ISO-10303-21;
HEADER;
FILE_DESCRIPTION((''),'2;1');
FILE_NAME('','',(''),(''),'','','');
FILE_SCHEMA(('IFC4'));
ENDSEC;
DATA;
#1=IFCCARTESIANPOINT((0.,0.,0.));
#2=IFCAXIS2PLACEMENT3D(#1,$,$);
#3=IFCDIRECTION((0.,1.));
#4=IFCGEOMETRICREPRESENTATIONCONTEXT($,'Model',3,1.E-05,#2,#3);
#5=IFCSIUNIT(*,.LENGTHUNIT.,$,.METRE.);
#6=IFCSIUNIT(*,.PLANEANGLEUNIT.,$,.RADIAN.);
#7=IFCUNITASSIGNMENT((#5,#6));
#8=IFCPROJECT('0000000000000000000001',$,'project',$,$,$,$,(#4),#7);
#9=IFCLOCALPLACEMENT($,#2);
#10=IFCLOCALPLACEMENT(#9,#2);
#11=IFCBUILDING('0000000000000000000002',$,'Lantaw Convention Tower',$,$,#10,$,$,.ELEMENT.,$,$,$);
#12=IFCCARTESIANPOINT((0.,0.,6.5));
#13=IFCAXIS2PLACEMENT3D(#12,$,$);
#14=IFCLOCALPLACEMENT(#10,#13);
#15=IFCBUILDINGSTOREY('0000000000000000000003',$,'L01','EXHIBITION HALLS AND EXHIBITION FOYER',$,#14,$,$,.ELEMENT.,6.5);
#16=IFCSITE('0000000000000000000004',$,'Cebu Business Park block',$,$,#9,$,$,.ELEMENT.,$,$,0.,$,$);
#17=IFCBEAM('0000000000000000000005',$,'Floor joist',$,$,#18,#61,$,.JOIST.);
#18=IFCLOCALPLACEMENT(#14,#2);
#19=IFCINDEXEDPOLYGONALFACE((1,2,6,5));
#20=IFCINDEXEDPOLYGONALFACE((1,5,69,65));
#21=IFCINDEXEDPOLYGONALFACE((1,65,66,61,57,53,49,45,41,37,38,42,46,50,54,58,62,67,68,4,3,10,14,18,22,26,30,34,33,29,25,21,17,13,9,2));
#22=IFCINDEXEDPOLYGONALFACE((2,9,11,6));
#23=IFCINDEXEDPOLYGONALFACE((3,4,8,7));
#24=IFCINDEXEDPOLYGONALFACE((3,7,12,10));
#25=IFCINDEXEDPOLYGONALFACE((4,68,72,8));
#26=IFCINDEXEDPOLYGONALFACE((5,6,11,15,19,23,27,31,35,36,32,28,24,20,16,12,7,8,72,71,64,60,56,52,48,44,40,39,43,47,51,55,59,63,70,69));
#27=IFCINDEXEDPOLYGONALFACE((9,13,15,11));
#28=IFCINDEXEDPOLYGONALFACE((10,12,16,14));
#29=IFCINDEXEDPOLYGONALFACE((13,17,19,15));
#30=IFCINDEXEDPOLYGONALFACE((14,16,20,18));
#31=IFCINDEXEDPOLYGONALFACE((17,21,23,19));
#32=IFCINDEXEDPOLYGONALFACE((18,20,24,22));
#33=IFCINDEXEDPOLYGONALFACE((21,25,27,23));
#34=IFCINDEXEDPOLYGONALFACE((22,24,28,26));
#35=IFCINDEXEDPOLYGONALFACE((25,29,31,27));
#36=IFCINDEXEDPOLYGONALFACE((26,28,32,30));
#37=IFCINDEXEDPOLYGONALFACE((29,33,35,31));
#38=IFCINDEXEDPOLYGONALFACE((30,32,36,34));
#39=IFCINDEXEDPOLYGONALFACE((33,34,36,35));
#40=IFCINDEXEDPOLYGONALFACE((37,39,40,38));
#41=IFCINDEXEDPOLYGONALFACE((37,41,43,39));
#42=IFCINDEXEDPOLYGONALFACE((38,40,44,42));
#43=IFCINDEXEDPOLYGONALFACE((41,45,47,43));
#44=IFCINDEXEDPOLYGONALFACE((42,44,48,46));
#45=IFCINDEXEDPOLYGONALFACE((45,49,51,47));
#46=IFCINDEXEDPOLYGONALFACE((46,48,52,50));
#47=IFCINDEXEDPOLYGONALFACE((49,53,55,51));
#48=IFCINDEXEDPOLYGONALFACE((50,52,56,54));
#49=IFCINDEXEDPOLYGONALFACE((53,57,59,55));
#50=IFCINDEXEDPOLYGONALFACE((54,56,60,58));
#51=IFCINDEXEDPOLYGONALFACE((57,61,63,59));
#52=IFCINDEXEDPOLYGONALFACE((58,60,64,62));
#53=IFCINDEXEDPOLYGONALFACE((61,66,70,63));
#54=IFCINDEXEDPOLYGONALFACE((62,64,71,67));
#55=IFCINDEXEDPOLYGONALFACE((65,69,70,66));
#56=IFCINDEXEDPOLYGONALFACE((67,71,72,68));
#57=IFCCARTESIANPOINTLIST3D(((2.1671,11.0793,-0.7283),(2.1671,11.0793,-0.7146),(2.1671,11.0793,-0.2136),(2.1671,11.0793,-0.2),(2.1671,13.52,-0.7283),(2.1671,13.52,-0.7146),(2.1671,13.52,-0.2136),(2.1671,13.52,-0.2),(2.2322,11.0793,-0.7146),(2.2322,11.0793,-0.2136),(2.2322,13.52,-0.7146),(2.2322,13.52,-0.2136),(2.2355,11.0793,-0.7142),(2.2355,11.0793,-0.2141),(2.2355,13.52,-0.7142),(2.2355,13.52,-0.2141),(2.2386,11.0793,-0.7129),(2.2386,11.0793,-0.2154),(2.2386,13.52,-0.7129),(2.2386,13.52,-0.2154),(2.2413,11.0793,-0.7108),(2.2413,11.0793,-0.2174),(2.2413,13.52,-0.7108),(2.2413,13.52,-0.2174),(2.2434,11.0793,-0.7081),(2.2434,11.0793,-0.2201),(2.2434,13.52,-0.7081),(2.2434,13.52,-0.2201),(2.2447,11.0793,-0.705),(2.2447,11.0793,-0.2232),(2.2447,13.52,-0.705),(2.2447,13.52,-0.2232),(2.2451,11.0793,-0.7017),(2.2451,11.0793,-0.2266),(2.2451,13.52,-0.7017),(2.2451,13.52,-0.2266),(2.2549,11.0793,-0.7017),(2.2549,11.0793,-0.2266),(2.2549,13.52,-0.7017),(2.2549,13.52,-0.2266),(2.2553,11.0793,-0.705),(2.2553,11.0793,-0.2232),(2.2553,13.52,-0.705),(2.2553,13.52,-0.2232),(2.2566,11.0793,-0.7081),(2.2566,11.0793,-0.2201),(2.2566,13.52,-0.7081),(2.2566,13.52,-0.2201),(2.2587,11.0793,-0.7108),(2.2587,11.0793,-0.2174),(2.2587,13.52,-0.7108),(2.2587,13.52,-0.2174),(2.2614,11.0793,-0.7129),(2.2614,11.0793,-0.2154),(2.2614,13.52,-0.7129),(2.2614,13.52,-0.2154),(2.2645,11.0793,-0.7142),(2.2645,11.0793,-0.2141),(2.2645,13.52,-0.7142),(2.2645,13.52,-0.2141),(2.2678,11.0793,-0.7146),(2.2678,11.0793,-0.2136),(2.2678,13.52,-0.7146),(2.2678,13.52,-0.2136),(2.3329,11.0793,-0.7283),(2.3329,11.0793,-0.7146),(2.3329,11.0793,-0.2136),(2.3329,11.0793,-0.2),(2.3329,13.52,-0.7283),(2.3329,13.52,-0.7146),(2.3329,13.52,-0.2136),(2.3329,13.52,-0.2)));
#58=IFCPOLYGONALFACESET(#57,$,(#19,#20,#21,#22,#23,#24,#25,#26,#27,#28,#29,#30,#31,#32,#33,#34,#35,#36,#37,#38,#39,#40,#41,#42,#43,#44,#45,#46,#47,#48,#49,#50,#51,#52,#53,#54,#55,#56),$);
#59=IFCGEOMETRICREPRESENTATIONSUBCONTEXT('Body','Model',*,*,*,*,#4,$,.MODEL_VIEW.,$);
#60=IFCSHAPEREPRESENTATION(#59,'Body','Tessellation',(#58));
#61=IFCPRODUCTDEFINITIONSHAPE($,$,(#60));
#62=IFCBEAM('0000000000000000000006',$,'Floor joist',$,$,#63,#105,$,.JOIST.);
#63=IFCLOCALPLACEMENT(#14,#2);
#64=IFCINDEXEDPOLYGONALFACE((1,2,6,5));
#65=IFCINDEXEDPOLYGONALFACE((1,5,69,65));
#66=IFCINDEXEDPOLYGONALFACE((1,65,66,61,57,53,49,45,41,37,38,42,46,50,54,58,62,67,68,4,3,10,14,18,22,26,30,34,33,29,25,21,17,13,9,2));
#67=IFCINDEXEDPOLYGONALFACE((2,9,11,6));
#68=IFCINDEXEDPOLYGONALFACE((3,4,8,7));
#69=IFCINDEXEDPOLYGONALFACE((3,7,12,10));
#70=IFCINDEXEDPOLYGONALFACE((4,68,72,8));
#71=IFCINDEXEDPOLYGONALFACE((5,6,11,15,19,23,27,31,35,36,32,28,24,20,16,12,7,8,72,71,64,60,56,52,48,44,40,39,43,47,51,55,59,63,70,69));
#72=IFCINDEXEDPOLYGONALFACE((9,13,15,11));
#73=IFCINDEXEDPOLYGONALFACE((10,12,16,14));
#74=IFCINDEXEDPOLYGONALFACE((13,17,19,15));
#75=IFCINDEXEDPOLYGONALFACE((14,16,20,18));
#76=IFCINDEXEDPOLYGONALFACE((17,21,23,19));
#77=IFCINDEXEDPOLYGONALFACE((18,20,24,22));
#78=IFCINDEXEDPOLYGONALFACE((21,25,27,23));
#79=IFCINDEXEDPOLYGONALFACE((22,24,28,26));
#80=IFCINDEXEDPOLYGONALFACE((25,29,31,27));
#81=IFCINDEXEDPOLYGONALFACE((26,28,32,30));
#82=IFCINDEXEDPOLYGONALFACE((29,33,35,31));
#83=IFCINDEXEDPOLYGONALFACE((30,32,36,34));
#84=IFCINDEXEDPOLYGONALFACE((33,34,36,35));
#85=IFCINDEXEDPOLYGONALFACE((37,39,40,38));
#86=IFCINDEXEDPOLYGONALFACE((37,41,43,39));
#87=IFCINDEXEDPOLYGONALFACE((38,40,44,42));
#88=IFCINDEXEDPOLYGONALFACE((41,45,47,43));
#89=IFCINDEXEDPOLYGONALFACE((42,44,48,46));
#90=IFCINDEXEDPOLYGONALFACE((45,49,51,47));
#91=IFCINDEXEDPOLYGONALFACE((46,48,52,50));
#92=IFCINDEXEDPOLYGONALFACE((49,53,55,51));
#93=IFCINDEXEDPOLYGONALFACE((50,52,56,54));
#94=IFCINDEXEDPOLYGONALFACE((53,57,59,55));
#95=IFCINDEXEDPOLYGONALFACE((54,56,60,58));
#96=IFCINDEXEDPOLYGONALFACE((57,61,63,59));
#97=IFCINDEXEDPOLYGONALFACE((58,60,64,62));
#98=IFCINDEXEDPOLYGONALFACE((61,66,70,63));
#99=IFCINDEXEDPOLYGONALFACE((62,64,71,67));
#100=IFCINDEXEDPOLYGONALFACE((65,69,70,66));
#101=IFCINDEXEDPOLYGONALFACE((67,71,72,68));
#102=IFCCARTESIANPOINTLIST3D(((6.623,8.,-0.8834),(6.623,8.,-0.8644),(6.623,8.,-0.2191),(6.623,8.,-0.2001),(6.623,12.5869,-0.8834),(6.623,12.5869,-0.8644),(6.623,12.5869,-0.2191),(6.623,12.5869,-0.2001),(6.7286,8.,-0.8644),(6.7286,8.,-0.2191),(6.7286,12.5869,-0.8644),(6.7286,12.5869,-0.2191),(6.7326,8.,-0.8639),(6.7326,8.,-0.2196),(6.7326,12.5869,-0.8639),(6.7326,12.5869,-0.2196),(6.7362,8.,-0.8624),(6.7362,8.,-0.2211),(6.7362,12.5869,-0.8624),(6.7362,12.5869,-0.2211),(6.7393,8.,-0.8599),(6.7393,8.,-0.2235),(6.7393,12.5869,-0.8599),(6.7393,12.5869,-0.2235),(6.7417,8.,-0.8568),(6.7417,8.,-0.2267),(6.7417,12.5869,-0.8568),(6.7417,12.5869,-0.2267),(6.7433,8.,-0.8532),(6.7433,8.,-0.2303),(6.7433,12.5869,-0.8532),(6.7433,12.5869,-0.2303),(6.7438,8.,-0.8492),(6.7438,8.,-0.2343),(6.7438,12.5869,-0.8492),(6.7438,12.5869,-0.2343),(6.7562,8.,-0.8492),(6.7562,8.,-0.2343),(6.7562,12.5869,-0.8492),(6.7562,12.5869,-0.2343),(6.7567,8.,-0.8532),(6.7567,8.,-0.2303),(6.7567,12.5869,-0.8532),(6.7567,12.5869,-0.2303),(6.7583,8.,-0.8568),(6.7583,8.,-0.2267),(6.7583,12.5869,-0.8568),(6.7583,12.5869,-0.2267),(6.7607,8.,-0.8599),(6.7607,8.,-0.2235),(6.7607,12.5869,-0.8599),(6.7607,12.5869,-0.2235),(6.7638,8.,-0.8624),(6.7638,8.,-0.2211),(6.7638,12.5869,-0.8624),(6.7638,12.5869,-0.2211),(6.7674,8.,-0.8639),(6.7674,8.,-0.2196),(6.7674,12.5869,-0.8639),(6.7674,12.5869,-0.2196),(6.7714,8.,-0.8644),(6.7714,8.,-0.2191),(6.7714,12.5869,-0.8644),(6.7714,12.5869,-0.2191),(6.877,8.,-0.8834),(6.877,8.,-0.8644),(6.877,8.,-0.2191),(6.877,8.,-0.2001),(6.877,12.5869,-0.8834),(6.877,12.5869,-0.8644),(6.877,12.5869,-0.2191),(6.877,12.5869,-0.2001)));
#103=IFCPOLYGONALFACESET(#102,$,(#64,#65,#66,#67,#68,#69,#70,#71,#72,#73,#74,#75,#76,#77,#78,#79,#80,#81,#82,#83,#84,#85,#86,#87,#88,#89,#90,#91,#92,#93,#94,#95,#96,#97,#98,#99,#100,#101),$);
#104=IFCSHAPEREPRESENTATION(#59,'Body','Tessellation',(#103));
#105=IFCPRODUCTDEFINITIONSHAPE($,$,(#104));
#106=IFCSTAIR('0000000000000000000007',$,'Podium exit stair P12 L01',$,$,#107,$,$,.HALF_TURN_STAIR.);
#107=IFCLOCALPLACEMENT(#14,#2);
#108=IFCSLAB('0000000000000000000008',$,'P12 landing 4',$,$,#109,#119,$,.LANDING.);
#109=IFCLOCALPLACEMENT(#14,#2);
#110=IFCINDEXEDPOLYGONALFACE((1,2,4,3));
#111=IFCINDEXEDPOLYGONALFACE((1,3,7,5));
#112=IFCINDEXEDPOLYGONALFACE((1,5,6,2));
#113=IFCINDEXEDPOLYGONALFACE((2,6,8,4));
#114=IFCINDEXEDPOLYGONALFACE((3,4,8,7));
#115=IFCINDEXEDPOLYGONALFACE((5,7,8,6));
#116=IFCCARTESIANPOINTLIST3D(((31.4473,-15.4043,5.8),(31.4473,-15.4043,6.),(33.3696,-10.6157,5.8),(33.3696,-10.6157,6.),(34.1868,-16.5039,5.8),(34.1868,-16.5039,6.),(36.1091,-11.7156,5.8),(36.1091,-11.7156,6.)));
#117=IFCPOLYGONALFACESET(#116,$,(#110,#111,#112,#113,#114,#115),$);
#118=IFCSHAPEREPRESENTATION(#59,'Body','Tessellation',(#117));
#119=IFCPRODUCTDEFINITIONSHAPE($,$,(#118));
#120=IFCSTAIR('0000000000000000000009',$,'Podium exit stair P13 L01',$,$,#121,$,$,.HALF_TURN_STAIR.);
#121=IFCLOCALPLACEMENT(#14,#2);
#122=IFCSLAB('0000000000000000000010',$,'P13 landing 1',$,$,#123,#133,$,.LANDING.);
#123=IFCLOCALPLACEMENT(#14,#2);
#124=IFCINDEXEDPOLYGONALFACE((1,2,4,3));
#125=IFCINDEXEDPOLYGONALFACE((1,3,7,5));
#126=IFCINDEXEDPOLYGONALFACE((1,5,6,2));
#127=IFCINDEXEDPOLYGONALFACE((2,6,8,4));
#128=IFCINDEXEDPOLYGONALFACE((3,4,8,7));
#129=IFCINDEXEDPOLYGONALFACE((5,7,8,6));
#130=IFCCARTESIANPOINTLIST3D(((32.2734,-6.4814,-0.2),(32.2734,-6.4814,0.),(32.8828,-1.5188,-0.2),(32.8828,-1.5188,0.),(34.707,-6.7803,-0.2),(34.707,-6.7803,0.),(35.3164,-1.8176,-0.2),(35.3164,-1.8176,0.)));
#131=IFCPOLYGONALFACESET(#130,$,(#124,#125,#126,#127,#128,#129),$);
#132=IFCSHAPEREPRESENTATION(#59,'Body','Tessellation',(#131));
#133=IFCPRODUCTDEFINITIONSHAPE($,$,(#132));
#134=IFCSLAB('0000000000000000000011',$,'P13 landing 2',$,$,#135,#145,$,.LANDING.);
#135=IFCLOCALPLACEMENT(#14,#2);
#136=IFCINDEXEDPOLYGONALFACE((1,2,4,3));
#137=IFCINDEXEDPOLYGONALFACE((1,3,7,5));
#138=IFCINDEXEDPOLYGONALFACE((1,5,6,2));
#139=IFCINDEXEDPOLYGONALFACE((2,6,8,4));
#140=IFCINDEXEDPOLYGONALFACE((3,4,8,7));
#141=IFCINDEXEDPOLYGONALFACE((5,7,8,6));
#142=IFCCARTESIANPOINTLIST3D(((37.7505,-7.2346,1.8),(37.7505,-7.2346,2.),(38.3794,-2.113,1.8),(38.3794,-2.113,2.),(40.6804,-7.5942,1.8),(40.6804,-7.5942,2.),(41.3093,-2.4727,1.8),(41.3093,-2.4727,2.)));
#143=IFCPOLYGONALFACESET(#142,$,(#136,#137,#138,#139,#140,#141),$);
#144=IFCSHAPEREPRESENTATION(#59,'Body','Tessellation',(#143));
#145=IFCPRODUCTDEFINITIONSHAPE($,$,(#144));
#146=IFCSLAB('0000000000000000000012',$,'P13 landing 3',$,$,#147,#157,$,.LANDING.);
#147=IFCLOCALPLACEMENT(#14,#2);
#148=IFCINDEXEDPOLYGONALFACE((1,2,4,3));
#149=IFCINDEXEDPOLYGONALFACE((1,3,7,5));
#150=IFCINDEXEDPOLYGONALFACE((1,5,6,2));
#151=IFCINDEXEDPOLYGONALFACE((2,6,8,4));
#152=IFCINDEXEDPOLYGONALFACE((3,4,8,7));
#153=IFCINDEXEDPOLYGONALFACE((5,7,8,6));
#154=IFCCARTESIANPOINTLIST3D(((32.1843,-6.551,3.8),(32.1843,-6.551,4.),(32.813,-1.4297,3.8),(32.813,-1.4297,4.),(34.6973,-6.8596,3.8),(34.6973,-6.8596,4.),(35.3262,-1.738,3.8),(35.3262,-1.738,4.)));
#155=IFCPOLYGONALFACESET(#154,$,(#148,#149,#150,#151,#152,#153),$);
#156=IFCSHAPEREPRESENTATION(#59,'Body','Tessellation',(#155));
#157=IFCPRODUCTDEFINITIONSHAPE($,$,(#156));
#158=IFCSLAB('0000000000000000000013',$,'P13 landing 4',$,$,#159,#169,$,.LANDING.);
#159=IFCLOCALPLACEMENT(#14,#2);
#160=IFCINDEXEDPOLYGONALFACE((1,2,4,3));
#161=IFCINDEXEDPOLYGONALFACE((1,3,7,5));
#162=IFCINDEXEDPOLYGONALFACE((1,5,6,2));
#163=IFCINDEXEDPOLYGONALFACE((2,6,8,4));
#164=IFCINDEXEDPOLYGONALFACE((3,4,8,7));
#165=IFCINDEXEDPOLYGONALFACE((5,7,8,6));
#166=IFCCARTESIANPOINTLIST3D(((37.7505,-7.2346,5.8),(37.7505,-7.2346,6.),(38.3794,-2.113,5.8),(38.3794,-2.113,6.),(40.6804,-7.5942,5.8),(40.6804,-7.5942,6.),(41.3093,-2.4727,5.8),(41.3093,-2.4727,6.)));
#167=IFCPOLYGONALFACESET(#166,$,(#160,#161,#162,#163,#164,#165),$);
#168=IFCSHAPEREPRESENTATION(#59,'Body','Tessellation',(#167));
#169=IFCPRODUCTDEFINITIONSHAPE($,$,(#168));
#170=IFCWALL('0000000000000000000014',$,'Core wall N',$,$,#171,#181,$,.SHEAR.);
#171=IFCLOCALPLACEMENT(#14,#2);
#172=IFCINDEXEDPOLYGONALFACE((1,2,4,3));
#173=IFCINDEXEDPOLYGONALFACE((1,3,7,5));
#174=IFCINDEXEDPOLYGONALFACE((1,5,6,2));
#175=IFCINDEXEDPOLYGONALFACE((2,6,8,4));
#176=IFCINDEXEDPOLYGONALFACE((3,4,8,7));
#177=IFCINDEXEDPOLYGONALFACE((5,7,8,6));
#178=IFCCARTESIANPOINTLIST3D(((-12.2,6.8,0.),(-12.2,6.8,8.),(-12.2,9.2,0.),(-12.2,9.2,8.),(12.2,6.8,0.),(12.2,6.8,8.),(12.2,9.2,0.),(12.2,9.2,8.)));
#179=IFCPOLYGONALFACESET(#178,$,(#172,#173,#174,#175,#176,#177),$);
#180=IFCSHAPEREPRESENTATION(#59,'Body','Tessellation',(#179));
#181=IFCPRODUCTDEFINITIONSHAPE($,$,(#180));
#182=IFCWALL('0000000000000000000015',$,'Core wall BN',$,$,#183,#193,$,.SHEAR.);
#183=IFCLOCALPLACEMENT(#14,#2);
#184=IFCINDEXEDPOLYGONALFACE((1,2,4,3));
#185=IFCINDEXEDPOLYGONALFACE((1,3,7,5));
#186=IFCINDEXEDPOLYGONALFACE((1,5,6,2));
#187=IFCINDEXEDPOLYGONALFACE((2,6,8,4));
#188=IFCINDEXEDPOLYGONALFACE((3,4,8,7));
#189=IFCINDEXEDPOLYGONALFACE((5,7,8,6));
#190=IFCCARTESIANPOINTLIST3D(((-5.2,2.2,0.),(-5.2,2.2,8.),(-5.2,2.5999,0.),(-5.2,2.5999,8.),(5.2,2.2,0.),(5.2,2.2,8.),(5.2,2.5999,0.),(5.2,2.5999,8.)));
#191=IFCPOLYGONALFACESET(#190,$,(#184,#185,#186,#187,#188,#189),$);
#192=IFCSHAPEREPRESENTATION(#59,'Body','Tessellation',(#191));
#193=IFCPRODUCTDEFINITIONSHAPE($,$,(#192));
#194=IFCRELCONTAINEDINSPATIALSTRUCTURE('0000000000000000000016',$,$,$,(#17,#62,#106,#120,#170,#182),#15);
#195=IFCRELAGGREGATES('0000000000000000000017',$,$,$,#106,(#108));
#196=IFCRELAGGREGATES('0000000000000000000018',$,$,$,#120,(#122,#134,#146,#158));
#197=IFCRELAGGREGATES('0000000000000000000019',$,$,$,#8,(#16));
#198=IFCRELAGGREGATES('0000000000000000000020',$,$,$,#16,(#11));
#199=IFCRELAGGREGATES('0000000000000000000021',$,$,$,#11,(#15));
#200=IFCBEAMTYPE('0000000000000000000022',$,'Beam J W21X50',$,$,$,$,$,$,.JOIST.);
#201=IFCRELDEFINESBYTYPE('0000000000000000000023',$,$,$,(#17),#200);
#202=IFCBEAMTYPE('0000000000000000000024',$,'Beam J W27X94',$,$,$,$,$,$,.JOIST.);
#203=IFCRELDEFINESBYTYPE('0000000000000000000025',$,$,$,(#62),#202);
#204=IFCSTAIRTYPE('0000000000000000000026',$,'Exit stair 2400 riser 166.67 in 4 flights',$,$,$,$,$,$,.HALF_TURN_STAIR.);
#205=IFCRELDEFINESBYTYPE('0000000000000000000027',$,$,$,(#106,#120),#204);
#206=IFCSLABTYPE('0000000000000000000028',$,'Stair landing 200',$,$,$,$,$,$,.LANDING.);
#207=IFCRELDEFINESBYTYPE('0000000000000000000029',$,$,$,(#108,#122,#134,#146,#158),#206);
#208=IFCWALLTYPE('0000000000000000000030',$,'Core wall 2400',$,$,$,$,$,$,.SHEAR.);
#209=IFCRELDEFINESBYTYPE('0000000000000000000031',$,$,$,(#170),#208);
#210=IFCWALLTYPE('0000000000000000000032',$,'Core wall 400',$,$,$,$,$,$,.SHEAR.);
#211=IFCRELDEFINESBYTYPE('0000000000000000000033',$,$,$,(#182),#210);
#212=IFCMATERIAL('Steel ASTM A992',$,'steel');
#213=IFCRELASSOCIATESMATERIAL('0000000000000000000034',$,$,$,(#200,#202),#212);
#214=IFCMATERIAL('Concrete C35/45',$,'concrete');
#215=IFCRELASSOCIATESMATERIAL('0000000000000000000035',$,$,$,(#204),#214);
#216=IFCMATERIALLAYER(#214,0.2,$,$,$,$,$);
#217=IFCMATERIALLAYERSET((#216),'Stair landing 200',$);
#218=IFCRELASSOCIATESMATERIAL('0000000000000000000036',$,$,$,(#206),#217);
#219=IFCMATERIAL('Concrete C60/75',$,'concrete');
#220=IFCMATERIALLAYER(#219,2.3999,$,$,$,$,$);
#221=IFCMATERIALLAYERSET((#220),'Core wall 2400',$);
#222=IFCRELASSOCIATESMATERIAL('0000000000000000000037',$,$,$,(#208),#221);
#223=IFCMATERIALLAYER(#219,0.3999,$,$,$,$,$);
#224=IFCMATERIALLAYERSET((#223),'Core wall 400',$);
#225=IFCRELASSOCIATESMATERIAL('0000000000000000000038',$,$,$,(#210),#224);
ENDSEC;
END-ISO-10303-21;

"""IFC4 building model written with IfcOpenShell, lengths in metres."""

from ifc_helpers import new_model, si_unit, direction, frame, frame_2d, origin, origin_2d, place, context, subcontext, project, spatial, polyline, rectangle, i_section, outline, extrude, material, layer, layer_set, material_profile, profile_set, type_object, element, aggregate, save


model = new_model("IFC4")

# Units and contexts
model_context = context("Model", 3, precision=1e-05, world=origin(), true_north=direction((0.0, 1.0)))
body_context = subcontext(model_context, "Body", "Model", "MODEL_VIEW")
ifc_project = project(units=[si_unit("LENGTHUNIT", "METRE"), si_unit("PLANEANGLEUNIT", "RADIAN")], contexts=[model_context])

# Site, building, storey
site_placement = place(None, origin())
site = spatial("IfcSite", under=ifc_project, at=site_placement, Name="Cebu Business Park block", CompositionType="ELEMENT", RefElevation=0.0)
building_placement = place(site_placement, origin())
building = spatial("IfcBuilding", under=site, at=building_placement, Name="Lantaw Convention Tower", CompositionType="ELEMENT")
storey_placement = place(building_placement, frame((0.0, 0.0, 6.5)))
storey = spatial("IfcBuildingStorey", under=building, at=storey_placement, Name="L01", Description="EXHIBITION HALLS AND EXHIBITION FOYER", CompositionType="ELEMENT", Elevation=6.5)

# Beams
ifc_material_1 = material(Name="Steel ASTM A992", Category="steel")
ifc_material_profile_1 = material_profile(ifc_material_1, i_section(OverallWidth=0.1658, OverallDepth=0.5283, WebThickness=0.0098, FlangeThickness=0.0137, FilletRadius=0.0129, at=origin_2d()), Name="W21X50")
ifc_profile_set_1 = profile_set([ifc_material_profile_1], Name="Steel ASTM A992")
beam_type_1 = type_object("IfcBeamType", Name="Beam J W21X50", PredefinedType="JOIST", material=ifc_profile_set_1)
beam_1_placement = place(storey_placement, frame((2.25, 11.0793, -0.4641), z_axis=(0.0, 1.0, 0.0), x_axis=(-1.0, 0.0, 0.0)))
element("IfcBeam", 1, at=beam_1_placement, inside=storey, type_object=beam_type_1, Name="Floor joist", PredefinedType="JOIST", context=body_context, shape_type="SweptSolid", body=[
    extrude(i_section(OverallWidth=0.1658, OverallDepth=0.5283, WebThickness=0.0098, FlangeThickness=0.0137, FilletRadius=0.0129, at=origin_2d()), origin(), (0.0, 0.0, 1.0), 2.4407),
])
ifc_material_profile_2 = material_profile(ifc_material_1, i_section(OverallWidth=0.2539, OverallDepth=0.6833, WebThickness=0.0125, FlangeThickness=0.019, FilletRadius=0.0151, at=origin_2d()), Name="W27X94")
ifc_profile_set_2 = profile_set([ifc_material_profile_2], Name="Steel ASTM A992")
beam_type_2 = type_object("IfcBeamType", Name="Beam J W27X94", PredefinedType="JOIST", material=ifc_profile_set_2)
beam_2_placement = place(storey_placement, frame((6.75, 8.0, -0.5417), z_axis=(0.0, 1.0, 0.0), x_axis=(-1.0, 0.0, 0.0)))
element("IfcBeam", 2, at=beam_2_placement, inside=storey, type_object=beam_type_2, Name="Floor joist", PredefinedType="JOIST", context=body_context, shape_type="SweptSolid", body=[
    extrude(i_section(OverallWidth=0.2539, OverallDepth=0.6833, WebThickness=0.0125, FlangeThickness=0.019, FilletRadius=0.0151, at=origin_2d()), origin(), (0.0, 0.0, 1.0), 4.5869),
])

# Stair, slab
ifc_material_2 = material(Name="Concrete C35/45", Category="concrete")
stair_type = type_object("IfcStairType", Name="Exit stair 2400 riser 166.67 in 4 flights", PredefinedType="HALF_TURN_STAIR", material=ifc_material_2)
stair_1_placement = place(storey_placement, origin())
stair_1 = element("IfcStair", 3, at=stair_1_placement, inside=storey, type_object=stair_type, Name="Podium exit stair P12 L01", PredefinedType="HALF_TURN_STAIR")
ifc_layer_1 = layer(ifc_material_2, 0.2)
ifc_layer_set_1 = layer_set([ifc_layer_1], Name="Stair landing 200")
slab_type = type_object("IfcSlabType", Name="Stair landing 200", PredefinedType="LANDING", material=ifc_layer_set_1)
slab_1_placement = place(storey_placement, frame((0.0, 0.0, 5.8)))
slab_1 = element("IfcSlab", 4, at=slab_1_placement, type_object=slab_type, Name="P12 landing 4", PredefinedType="LANDING", context=body_context, shape_type="SweptSolid", body=[
    extrude(outline(polyline([(31.4473, -15.4043), (34.1868, -16.5039), (36.1091, -11.7156), (33.3696, -10.6157), (31.4473, -15.4043)])), origin(), (0.0, 0.0, 1.0), 0.2),
])
aggregate(stair_1, [slab_1])

# Stair, slabs
stair_2_placement = place(storey_placement, origin())
stair_2 = element("IfcStair", 5, at=stair_2_placement, inside=storey, type_object=stair_type, Name="Podium exit stair P13 L01", PredefinedType="HALF_TURN_STAIR")
slab_2_placement = place(storey_placement, frame((0.0, 0.0, -0.2)))
slab_2 = element("IfcSlab", 6, at=slab_2_placement, type_object=slab_type, Name="P13 landing 1", PredefinedType="LANDING", context=body_context, shape_type="SweptSolid", body=[
    extrude(outline(polyline([(32.2734, -6.4814), (34.707, -6.7803), (35.3164, -1.8176), (32.8828, -1.5188), (32.2734, -6.4814)])), origin(), (0.0, 0.0, 1.0), 0.2),
])
slab_3_placement = place(storey_placement, frame((0.0, 0.0, 1.8)))
slab_3 = element("IfcSlab", 7, at=slab_3_placement, type_object=slab_type, Name="P13 landing 2", PredefinedType="LANDING", context=body_context, shape_type="SweptSolid", body=[
    extrude(outline(polyline([(37.7505, -7.2346), (40.6804, -7.5942), (41.3093, -2.4727), (38.3794, -2.113), (37.7505, -7.2346)])), origin(), (0.0, 0.0, 1.0), 0.2),
])
slab_4_placement = place(storey_placement, frame((0.0, 0.0, 3.8)))
slab_4 = element("IfcSlab", 8, at=slab_4_placement, type_object=slab_type, Name="P13 landing 3", PredefinedType="LANDING", context=body_context, shape_type="SweptSolid", body=[
    extrude(outline(polyline([(32.1843, -6.551), (34.6973, -6.8596), (35.3262, -1.738), (32.813, -1.4297), (32.1843, -6.551)])), origin(), (0.0, 0.0, 1.0), 0.2),
])
slab_5_placement = place(storey_placement, frame((0.0, 0.0, 5.8)))
slab_5 = element("IfcSlab", 9, at=slab_5_placement, type_object=slab_type, Name="P13 landing 4", PredefinedType="LANDING", context=body_context, shape_type="SweptSolid", body=[
    extrude(outline(polyline([(37.7505, -7.2346), (40.6804, -7.5942), (41.3093, -2.4727), (38.3794, -2.113), (37.7505, -7.2346)])), origin(), (0.0, 0.0, 1.0), 0.2),
])
aggregate(stair_2, [slab_2, slab_3, slab_4, slab_5])

# Walls
ifc_material_3 = material(Name="Concrete C60/75", Category="concrete")
ifc_layer_2 = layer(ifc_material_3, 2.3999)
ifc_layer_set_2 = layer_set([ifc_layer_2], Name="Core wall 2400")
wall_type_1 = type_object("IfcWallType", Name="Core wall 2400", PredefinedType="SHEAR", material=ifc_layer_set_2)
wall_1_placement = place(storey_placement, frame((12.2, 8.0, 0.0), z_axis=(0.0, 0.0, 1.0), x_axis=(-1.0, 0.0, 0.0)))
element("IfcWall", 10, at=wall_1_placement, inside=storey, type_object=wall_type_1, Name="Core wall N", PredefinedType="SHEAR", context=body_context, shape_type="SweptSolid", body=[
    extrude(rectangle(XDim=24.3999, YDim=2.3999, at=frame_2d((12.2, 0.0))), origin(), (0.0, 0.0, 1.0), 8.0),
])
ifc_layer_3 = layer(ifc_material_3, 0.3999)
ifc_layer_set_3 = layer_set([ifc_layer_3], Name="Core wall 400")
wall_type_2 = type_object("IfcWallType", Name="Core wall 400", PredefinedType="SHEAR", material=ifc_layer_set_3)
wall_2_placement = place(storey_placement, frame((5.2, 2.3999, 0.0), z_axis=(0.0, 0.0, 1.0), x_axis=(-1.0, 0.0, 0.0)))
element("IfcWall", 11, at=wall_2_placement, inside=storey, type_object=wall_type_2, Name="Core wall BN", PredefinedType="SHEAR", context=body_context, shape_type="SweptSolid", body=[
    extrude(rectangle(XDim=10.3999, YDim=0.3999, at=frame_2d((5.2, 0.0))), origin(), (0.0, 0.0, 1.0), 8.0),
])

save(model, "model.ifc")
